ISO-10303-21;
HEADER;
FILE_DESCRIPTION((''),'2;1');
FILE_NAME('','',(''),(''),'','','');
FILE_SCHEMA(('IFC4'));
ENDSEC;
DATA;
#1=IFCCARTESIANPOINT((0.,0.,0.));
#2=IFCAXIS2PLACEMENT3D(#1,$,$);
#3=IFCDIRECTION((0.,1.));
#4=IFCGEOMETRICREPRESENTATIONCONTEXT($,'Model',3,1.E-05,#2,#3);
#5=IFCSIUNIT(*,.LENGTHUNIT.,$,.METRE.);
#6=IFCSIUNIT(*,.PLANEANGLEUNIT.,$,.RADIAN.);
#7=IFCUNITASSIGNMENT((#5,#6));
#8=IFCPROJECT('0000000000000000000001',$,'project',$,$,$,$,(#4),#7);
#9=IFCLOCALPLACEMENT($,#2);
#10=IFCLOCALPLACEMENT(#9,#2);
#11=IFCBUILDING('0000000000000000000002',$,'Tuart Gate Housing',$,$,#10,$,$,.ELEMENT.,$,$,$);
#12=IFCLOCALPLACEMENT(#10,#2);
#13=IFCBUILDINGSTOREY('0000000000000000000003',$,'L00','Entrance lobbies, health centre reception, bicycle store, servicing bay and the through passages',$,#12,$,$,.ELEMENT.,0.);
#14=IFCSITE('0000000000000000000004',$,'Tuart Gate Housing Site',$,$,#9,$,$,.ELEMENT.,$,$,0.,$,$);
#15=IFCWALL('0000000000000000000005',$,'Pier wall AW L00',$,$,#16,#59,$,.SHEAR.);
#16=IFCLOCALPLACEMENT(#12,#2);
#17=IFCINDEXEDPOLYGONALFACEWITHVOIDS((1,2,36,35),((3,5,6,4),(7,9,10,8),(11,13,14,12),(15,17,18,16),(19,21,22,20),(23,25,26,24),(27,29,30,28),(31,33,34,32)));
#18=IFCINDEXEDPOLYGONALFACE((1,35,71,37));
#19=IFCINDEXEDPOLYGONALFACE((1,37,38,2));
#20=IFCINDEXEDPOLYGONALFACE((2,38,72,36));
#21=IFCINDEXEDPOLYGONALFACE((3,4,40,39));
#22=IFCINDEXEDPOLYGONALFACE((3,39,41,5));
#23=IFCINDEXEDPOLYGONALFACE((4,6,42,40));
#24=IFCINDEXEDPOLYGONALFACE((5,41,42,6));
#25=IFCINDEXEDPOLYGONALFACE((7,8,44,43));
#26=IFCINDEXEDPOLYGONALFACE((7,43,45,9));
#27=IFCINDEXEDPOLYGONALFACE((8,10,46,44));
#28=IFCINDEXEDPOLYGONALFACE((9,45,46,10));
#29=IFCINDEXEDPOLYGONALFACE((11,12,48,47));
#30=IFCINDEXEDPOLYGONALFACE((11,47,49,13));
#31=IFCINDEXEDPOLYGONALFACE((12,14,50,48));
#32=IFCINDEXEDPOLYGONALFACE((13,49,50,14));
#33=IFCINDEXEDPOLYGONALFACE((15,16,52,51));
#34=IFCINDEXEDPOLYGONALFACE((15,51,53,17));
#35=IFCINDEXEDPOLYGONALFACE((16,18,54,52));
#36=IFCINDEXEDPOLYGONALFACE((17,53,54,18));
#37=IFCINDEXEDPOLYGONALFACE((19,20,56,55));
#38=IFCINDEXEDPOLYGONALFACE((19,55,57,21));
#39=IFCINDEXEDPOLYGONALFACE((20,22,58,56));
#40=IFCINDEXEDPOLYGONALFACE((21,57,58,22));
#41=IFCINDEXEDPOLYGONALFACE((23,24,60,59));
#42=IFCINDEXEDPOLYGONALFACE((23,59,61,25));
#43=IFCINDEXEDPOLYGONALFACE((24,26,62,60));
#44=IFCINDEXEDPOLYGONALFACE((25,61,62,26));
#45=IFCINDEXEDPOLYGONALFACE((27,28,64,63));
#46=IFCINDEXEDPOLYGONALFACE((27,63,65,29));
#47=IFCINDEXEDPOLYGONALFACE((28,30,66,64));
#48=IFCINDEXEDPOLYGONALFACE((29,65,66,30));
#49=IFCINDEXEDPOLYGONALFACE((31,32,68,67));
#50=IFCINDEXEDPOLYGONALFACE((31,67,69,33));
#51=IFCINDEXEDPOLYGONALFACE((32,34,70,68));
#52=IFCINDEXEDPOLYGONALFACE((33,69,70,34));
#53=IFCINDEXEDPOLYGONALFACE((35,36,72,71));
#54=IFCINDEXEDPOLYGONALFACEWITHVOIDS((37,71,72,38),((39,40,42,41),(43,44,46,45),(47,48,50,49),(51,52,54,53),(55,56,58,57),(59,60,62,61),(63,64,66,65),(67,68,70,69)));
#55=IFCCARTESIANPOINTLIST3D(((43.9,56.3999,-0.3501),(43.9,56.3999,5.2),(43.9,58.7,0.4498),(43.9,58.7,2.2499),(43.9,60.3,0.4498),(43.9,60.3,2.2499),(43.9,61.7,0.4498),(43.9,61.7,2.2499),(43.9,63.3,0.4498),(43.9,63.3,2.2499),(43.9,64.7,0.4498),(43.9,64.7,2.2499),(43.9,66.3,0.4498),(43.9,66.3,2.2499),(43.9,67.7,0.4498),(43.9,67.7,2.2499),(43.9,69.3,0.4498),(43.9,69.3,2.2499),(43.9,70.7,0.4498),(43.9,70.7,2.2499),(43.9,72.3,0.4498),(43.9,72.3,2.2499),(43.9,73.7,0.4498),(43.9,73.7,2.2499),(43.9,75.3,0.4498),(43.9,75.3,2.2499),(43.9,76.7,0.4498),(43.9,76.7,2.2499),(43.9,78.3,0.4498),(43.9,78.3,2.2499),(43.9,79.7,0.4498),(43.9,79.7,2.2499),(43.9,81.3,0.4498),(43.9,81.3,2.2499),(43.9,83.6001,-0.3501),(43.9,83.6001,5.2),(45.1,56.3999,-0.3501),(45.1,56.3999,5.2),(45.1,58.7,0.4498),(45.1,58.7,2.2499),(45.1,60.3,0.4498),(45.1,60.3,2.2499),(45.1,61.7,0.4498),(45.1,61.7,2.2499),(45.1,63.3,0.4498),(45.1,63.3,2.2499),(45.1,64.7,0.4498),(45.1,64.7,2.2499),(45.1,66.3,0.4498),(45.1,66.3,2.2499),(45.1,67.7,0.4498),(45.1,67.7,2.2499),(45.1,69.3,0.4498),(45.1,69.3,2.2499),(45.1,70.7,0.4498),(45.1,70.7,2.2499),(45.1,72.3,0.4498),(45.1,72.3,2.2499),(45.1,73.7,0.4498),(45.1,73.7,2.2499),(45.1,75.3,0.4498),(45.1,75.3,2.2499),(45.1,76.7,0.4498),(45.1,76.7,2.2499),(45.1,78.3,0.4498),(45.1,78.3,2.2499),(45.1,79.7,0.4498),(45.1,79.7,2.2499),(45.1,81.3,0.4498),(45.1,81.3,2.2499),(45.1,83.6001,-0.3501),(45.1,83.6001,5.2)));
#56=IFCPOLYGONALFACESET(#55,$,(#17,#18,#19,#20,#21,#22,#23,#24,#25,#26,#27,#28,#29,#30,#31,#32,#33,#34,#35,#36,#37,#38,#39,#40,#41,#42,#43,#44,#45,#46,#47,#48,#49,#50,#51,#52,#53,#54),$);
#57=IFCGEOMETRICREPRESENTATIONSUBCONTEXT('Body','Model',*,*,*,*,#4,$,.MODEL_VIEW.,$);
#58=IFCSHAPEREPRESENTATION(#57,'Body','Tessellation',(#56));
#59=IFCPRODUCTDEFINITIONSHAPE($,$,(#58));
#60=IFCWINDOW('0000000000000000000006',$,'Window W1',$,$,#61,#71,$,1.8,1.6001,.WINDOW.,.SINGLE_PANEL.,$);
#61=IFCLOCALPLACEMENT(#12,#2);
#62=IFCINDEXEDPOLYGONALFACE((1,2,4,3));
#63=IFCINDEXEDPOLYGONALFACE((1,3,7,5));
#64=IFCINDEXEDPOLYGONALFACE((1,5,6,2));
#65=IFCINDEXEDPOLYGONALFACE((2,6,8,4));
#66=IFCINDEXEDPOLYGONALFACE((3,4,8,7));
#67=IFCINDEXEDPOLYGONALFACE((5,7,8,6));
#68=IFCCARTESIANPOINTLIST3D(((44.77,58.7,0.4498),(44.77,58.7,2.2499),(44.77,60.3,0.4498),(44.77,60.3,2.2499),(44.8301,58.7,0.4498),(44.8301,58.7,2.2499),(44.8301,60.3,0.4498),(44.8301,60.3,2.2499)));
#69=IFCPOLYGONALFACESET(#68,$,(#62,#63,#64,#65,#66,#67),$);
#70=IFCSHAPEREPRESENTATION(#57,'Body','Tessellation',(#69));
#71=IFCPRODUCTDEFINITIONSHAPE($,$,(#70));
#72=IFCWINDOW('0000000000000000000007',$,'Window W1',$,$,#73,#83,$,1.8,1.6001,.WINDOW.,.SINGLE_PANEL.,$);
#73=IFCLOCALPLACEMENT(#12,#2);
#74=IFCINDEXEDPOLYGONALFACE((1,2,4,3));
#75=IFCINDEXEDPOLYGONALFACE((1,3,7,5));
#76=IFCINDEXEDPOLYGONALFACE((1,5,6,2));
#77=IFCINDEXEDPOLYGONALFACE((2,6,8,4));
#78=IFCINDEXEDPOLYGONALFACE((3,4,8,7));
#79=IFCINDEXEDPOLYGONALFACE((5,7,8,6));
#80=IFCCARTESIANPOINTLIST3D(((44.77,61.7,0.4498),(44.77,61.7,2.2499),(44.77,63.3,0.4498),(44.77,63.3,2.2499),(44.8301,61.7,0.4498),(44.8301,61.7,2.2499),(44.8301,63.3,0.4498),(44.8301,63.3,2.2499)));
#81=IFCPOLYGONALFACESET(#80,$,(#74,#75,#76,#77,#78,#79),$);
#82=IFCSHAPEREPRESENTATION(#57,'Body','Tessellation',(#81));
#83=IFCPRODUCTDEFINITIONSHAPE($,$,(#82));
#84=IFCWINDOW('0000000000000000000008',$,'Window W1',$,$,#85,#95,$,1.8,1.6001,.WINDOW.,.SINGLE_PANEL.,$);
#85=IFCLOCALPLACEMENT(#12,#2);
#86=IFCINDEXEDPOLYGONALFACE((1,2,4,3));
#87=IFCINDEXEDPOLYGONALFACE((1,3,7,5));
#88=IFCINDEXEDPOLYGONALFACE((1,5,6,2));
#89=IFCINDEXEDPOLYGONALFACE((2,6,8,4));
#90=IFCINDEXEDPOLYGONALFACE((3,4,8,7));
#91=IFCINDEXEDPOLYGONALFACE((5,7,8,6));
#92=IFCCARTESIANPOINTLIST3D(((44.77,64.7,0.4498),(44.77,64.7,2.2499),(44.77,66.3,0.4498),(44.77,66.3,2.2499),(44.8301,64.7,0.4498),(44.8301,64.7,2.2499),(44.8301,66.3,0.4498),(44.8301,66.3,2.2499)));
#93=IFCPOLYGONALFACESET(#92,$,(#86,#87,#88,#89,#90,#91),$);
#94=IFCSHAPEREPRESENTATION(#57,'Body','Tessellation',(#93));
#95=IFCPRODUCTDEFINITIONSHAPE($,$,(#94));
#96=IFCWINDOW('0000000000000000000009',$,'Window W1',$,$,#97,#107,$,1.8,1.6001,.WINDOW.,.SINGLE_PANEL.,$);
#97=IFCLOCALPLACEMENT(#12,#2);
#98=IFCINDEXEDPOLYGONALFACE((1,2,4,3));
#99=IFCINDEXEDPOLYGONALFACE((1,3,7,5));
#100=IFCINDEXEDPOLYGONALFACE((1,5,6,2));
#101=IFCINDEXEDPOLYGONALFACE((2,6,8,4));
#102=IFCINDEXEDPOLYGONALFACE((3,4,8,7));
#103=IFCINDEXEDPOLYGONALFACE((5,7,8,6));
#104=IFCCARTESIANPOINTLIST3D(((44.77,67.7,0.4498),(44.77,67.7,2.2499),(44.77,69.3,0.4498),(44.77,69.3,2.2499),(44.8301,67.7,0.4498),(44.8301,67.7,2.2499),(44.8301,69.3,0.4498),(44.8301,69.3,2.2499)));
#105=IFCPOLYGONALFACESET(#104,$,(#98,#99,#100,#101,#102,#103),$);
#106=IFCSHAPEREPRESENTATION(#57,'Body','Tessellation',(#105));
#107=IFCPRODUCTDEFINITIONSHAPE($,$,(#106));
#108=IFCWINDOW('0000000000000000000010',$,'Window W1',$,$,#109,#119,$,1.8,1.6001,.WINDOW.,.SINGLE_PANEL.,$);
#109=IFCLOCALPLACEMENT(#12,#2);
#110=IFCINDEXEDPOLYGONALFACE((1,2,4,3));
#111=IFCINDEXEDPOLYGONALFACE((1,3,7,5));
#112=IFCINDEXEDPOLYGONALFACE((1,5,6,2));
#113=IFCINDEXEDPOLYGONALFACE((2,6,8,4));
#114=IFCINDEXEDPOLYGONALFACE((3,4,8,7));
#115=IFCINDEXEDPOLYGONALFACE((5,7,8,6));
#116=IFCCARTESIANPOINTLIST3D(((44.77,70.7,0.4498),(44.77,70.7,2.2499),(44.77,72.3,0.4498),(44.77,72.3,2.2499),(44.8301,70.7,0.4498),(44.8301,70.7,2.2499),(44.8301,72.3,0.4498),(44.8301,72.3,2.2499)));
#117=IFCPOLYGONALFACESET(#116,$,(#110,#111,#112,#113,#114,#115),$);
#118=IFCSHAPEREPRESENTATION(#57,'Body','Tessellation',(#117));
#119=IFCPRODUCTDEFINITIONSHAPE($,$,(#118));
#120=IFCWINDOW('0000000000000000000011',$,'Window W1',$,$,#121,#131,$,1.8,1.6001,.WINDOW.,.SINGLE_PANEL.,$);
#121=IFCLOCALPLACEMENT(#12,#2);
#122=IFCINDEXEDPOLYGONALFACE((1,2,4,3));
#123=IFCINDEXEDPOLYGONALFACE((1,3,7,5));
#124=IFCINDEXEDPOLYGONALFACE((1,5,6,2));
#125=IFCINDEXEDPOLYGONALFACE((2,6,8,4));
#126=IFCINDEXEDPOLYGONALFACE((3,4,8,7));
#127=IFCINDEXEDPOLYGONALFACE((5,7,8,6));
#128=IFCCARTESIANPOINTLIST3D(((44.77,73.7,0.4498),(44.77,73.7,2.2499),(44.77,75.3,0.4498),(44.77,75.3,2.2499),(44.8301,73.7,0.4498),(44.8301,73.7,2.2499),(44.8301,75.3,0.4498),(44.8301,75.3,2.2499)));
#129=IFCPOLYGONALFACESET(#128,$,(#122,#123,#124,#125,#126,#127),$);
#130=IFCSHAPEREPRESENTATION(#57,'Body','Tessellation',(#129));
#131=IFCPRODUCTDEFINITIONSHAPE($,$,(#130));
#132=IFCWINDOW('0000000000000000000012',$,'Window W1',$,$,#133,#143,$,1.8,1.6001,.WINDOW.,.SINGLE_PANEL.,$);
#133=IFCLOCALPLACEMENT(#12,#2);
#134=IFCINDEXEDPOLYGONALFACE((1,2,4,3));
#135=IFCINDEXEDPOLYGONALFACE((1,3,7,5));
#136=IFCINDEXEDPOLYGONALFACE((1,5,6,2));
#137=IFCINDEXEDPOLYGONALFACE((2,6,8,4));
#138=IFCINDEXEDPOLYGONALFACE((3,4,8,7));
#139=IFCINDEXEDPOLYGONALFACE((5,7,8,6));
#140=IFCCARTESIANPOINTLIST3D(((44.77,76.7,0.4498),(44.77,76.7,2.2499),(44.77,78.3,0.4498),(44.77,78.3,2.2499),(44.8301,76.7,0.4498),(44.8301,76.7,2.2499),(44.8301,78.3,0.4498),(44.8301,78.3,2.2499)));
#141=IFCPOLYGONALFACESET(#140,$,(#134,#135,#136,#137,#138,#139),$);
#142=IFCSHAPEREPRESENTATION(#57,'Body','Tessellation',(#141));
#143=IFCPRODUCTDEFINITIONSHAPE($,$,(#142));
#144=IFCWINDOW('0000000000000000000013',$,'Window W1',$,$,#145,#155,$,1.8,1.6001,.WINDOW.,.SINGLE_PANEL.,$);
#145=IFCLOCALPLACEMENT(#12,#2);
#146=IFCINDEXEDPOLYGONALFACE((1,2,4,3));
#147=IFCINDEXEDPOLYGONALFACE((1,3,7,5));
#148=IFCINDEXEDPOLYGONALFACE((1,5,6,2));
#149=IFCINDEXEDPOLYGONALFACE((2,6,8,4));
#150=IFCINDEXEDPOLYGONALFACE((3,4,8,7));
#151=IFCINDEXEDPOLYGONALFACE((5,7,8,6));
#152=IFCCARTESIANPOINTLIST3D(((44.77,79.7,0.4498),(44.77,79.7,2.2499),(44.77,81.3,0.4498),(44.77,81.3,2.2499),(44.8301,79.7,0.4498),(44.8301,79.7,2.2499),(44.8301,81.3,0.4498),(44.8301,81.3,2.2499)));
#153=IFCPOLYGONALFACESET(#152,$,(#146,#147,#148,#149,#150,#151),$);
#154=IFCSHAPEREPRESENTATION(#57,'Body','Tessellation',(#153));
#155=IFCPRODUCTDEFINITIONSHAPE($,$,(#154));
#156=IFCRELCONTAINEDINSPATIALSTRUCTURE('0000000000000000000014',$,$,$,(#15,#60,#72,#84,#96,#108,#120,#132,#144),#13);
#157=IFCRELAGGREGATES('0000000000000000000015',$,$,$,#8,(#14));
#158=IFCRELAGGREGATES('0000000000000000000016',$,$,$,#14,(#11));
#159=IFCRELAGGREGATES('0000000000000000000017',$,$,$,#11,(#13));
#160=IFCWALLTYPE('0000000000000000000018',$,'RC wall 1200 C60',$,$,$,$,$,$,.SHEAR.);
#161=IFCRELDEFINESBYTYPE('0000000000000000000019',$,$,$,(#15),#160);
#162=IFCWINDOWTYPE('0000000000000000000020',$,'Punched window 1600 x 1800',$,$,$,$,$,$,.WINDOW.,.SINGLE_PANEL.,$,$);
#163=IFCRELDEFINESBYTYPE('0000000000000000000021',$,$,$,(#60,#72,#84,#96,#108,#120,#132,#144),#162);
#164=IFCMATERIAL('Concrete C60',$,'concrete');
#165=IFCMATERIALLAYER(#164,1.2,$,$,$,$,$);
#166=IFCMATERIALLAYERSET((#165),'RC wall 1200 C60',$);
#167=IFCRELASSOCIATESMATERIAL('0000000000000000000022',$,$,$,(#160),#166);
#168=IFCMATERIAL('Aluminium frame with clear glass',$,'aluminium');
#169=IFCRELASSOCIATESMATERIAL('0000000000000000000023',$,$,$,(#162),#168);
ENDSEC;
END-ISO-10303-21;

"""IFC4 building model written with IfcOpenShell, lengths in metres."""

from ifc_helpers import new_model, si_unit, direction, frame, frame_2d, origin, place, context, subcontext, project, spatial, rectangle, extrude, material, layer, layer_set, type_object, element, fill, save


model = new_model("IFC4")

# Units and contexts
model_context = context("Model", 3, precision=1e-05, world=origin(), true_north=direction((0.0, 1.0)))
body_context = subcontext(model_context, "Body", "Model", "MODEL_VIEW")
ifc_project = project(units=[si_unit("LENGTHUNIT", "METRE"), si_unit("PLANEANGLEUNIT", "RADIAN")], contexts=[model_context])

# Site, building, storey
site_placement = place(None, origin())
site = spatial("IfcSite", under=ifc_project, at=site_placement, Name="Tuart Gate Housing Site", CompositionType="ELEMENT", RefElevation=0.0)
building_placement = place(site_placement, origin())
building = spatial("IfcBuilding", under=site, at=building_placement, Name="Tuart Gate Housing", CompositionType="ELEMENT")
storey_placement = place(building_placement, origin())
storey = spatial("IfcBuildingStorey", under=building, at=storey_placement, Name="L00", Description="Entrance lobbies, health centre reception, bicycle store, servicing bay and the through passages", CompositionType="ELEMENT", Elevation=0.0)

# Wall, openings, windows
ifc_material_1 = material(Name="Concrete C60", Category="concrete")
ifc_layer_1 = layer(ifc_material_1, 1.2)
ifc_layer_set_1 = layer_set([ifc_layer_1], Name="RC wall 1200 C60")
wall_type_1 = type_object("IfcWallType", Name="RC wall 1200 C60", PredefinedType="SHEAR", material=ifc_layer_set_1)
wall_1_placement = place(storey_placement, frame((44.5, 56.3999, -0.3501), z_axis=(0.0, 0.0, 1.0), x_axis=(0.0, 1.0, 0.0)))
wall_1 = element("IfcWall", 1, at=wall_1_placement, inside=storey, type_object=wall_type_1, Name="Pier wall AW L00", PredefinedType="SHEAR", context=body_context, shape_type="SweptSolid", body=[
    extrude(rectangle(XDim=27.2002, YDim=1.2, at=frame_2d((13.6001, 0.0))), origin(), (0.0, 0.0, 1.0), 5.55),
])
opening_1_placement = place(wall_1_placement, frame((2.3, 0.0, 0.8)))
opening_1 = element("IfcOpeningElement", 2, at=opening_1_placement, cuts=wall_1, PredefinedType="OPENING", context=body_context, shape_type="SweptSolid", body=[
    extrude(rectangle(XDim=1.6001, YDim=1.8, at=frame_2d((0.8, 0.8999))), frame((0.0, 0.6099, 0.0), z_axis=(0.0, -1.0, 0.0), x_axis=(1.0, 0.0, 0.0)), (0.0, 0.0, 1.0), 1.22),
])
opening_2_placement = place(wall_1_placement, frame((5.3, 0.0, 0.8)))
opening_2 = element("IfcOpeningElement", 3, at=opening_2_placement, cuts=wall_1, PredefinedType="OPENING", context=body_context, shape_type="SweptSolid", body=[
    extrude(rectangle(XDim=1.6001, YDim=1.8, at=frame_2d((0.8, 0.8999))), frame((0.0, 0.6099, 0.0), z_axis=(0.0, -1.0, 0.0), x_axis=(1.0, 0.0, 0.0)), (0.0, 0.0, 1.0), 1.22),
])
opening_3_placement = place(wall_1_placement, frame((8.3, 0.0, 0.8)))
opening_3 = element("IfcOpeningElement", 4, at=opening_3_placement, cuts=wall_1, PredefinedType="OPENING", context=body_context, shape_type="SweptSolid", body=[
    extrude(rectangle(XDim=1.6001, YDim=1.8, at=frame_2d((0.8, 0.8999))), frame((0.0, 0.6099, 0.0), z_axis=(0.0, -1.0, 0.0), x_axis=(1.0, 0.0, 0.0)), (0.0, 0.0, 1.0), 1.22),
])
opening_4_placement = place(wall_1_placement, frame((11.3, 0.0, 0.8)))
opening_4 = element("IfcOpeningElement", 5, at=opening_4_placement, cuts=wall_1, PredefinedType="OPENING", context=body_context, shape_type="SweptSolid", body=[
    extrude(rectangle(XDim=1.6001, YDim=1.8, at=frame_2d((0.8, 0.8999))), frame((0.0, 0.6099, 0.0), z_axis=(0.0, -1.0, 0.0), x_axis=(1.0, 0.0, 0.0)), (0.0, 0.0, 1.0), 1.22),
])
opening_5_placement = place(wall_1_placement, frame((14.3, 0.0, 0.8)))
opening_5 = element("IfcOpeningElement", 6, at=opening_5_placement, cuts=wall_1, PredefinedType="OPENING", context=body_context, shape_type="SweptSolid", body=[
    extrude(rectangle(XDim=1.6001, YDim=1.8, at=frame_2d((0.8, 0.8999))), frame((0.0, 0.6099, 0.0), z_axis=(0.0, -1.0, 0.0), x_axis=(1.0, 0.0, 0.0)), (0.0, 0.0, 1.0), 1.22),
])
opening_6_placement = place(wall_1_placement, frame((17.3, 0.0, 0.8)))
opening_6 = element("IfcOpeningElement", 7, at=opening_6_placement, cuts=wall_1, PredefinedType="OPENING", context=body_context, shape_type="SweptSolid", body=[
    extrude(rectangle(XDim=1.6001, YDim=1.8, at=frame_2d((0.8, 0.8999))), frame((0.0, 0.6099, 0.0), z_axis=(0.0, -1.0, 0.0), x_axis=(1.0, 0.0, 0.0)), (0.0, 0.0, 1.0), 1.22),
])
opening_7_placement = place(wall_1_placement, frame((20.3, 0.0, 0.8)))
opening_7 = element("IfcOpeningElement", 8, at=opening_7_placement, cuts=wall_1, PredefinedType="OPENING", context=body_context, shape_type="SweptSolid", body=[
    extrude(rectangle(XDim=1.6001, YDim=1.8, at=frame_2d((0.8, 0.8999))), frame((0.0, 0.6099, 0.0), z_axis=(0.0, -1.0, 0.0), x_axis=(1.0, 0.0, 0.0)), (0.0, 0.0, 1.0), 1.22),
])
opening_8_placement = place(wall_1_placement, frame((23.3, 0.0, 0.8)))
opening_8 = element("IfcOpeningElement", 9, at=opening_8_placement, cuts=wall_1, PredefinedType="OPENING", context=body_context, shape_type="SweptSolid", body=[
    extrude(rectangle(XDim=1.6001, YDim=1.8, at=frame_2d((0.8, 0.8999))), frame((0.0, 0.6099, 0.0), z_axis=(0.0, -1.0, 0.0), x_axis=(1.0, 0.0, 0.0)), (0.0, 0.0, 1.0), 1.22),
])
ifc_material_2 = material(Name="Aluminium frame with clear glass", Category="aluminium")
window_type = type_object("IfcWindowType", Name="Punched window 1600 x 1800", PartitioningType="SINGLE_PANEL", PredefinedType="WINDOW", material=ifc_material_2)
window_1_placement = place(opening_1_placement, origin())
window_1 = element("IfcWindow", 10, at=window_1_placement, inside=storey, type_object=window_type, Name="Window W1", OverallHeight=1.8, OverallWidth=1.6001, PartitioningType="SINGLE_PANEL", PredefinedType="WINDOW", context=body_context, shape_type="SweptSolid", body=[
    extrude(rectangle(XDim=1.6001, YDim=1.8, at=frame_2d((0.8, 0.8999))), frame((0.0, -0.27, 0.0), z_axis=(0.0, -1.0, 0.0), x_axis=(1.0, 0.0, 0.0)), (0.0, 0.0, 1.0), 0.0601),
])
fill(opening_1, window_1)
window_2_placement = place(opening_2_placement, origin())
window_2 = element("IfcWindow", 11, at=window_2_placement, inside=storey, type_object=window_type, Name="Window W1", OverallHeight=1.8, OverallWidth=1.6001, PartitioningType="SINGLE_PANEL", PredefinedType="WINDOW", context=body_context, shape_type="SweptSolid", body=[
    extrude(rectangle(XDim=1.6001, YDim=1.8, at=frame_2d((0.8, 0.8999))), frame((0.0, -0.27, 0.0), z_axis=(0.0, -1.0, 0.0), x_axis=(1.0, 0.0, 0.0)), (0.0, 0.0, 1.0), 0.0601),
])
fill(opening_2, window_2)
window_3_placement = place(opening_3_placement, origin())
window_3 = element("IfcWindow", 12, at=window_3_placement, inside=storey, type_object=window_type, Name="Window W1", OverallHeight=1.8, OverallWidth=1.6001, PartitioningType="SINGLE_PANEL", PredefinedType="WINDOW", context=body_context, shape_type="SweptSolid", body=[
    extrude(rectangle(XDim=1.6001, YDim=1.8, at=frame_2d((0.8, 0.8999))), frame((0.0, -0.27, 0.0), z_axis=(0.0, -1.0, 0.0), x_axis=(1.0, 0.0, 0.0)), (0.0, 0.0, 1.0), 0.0601),
])
fill(opening_3, window_3)
window_4_placement = place(opening_4_placement, origin())
window_4 = element("IfcWindow", 13, at=window_4_placement, inside=storey, type_object=window_type, Name="Window W1", OverallHeight=1.8, OverallWidth=1.6001, PartitioningType="SINGLE_PANEL", PredefinedType="WINDOW", context=body_context, shape_type="SweptSolid", body=[
    extrude(rectangle(XDim=1.6001, YDim=1.8, at=frame_2d((0.8, 0.8999))), frame((0.0, -0.27, 0.0), z_axis=(0.0, -1.0, 0.0), x_axis=(1.0, 0.0, 0.0)), (0.0, 0.0, 1.0), 0.0601),
])
fill(opening_4, window_4)
window_5_placement = place(opening_5_placement, origin())
window_5 = element("IfcWindow", 14, at=window_5_placement, inside=storey, type_object=window_type, Name="Window W1", OverallHeight=1.8, OverallWidth=1.6001, PartitioningType="SINGLE_PANEL", PredefinedType="WINDOW", context=body_context, shape_type="SweptSolid", body=[
    extrude(rectangle(XDim=1.6001, YDim=1.8, at=frame_2d((0.8, 0.8999))), frame((0.0, -0.27, 0.0), z_axis=(0.0, -1.0, 0.0), x_axis=(1.0, 0.0, 0.0)), (0.0, 0.0, 1.0), 0.0601),
])
fill(opening_5, window_5)
window_6_placement = place(opening_6_placement, origin())
window_6 = element("IfcWindow", 15, at=window_6_placement, inside=storey, type_object=window_type, Name="Window W1", OverallHeight=1.8, OverallWidth=1.6001, PartitioningType="SINGLE_PANEL", PredefinedType="WINDOW", context=body_context, shape_type="SweptSolid", body=[
    extrude(rectangle(XDim=1.6001, YDim=1.8, at=frame_2d((0.8, 0.8999))), frame((0.0, -0.27, 0.0), z_axis=(0.0, -1.0, 0.0), x_axis=(1.0, 0.0, 0.0)), (0.0, 0.0, 1.0), 0.0601),
])
fill(opening_6, window_6)
window_7_placement = place(opening_7_placement, origin())
window_7 = element("IfcWindow", 16, at=window_7_placement, inside=storey, type_object=window_type, Name="Window W1", OverallHeight=1.8, OverallWidth=1.6001, PartitioningType="SINGLE_PANEL", PredefinedType="WINDOW", context=body_context, shape_type="SweptSolid", body=[
    extrude(rectangle(XDim=1.6001, YDim=1.8, at=frame_2d((0.8, 0.8999))), frame((0.0, -0.27, 0.0), z_axis=(0.0, -1.0, 0.0), x_axis=(1.0, 0.0, 0.0)), (0.0, 0.0, 1.0), 0.0601),
])
fill(opening_7, window_7)
window_8_placement = place(opening_8_placement, origin())
window_8 = element("IfcWindow", 17, at=window_8_placement, inside=storey, type_object=window_type, Name="Window W1", OverallHeight=1.8, OverallWidth=1.6001, PartitioningType="SINGLE_PANEL", PredefinedType="WINDOW", context=body_context, shape_type="SweptSolid", body=[
    extrude(rectangle(XDim=1.6001, YDim=1.8, at=frame_2d((0.8, 0.8999))), frame((0.0, -0.27, 0.0), z_axis=(0.0, -1.0, 0.0), x_axis=(1.0, 0.0, 0.0)), (0.0, 0.0, 1.0), 0.0601),
])
fill(opening_8, window_8)

save(model, "model.ifc")
